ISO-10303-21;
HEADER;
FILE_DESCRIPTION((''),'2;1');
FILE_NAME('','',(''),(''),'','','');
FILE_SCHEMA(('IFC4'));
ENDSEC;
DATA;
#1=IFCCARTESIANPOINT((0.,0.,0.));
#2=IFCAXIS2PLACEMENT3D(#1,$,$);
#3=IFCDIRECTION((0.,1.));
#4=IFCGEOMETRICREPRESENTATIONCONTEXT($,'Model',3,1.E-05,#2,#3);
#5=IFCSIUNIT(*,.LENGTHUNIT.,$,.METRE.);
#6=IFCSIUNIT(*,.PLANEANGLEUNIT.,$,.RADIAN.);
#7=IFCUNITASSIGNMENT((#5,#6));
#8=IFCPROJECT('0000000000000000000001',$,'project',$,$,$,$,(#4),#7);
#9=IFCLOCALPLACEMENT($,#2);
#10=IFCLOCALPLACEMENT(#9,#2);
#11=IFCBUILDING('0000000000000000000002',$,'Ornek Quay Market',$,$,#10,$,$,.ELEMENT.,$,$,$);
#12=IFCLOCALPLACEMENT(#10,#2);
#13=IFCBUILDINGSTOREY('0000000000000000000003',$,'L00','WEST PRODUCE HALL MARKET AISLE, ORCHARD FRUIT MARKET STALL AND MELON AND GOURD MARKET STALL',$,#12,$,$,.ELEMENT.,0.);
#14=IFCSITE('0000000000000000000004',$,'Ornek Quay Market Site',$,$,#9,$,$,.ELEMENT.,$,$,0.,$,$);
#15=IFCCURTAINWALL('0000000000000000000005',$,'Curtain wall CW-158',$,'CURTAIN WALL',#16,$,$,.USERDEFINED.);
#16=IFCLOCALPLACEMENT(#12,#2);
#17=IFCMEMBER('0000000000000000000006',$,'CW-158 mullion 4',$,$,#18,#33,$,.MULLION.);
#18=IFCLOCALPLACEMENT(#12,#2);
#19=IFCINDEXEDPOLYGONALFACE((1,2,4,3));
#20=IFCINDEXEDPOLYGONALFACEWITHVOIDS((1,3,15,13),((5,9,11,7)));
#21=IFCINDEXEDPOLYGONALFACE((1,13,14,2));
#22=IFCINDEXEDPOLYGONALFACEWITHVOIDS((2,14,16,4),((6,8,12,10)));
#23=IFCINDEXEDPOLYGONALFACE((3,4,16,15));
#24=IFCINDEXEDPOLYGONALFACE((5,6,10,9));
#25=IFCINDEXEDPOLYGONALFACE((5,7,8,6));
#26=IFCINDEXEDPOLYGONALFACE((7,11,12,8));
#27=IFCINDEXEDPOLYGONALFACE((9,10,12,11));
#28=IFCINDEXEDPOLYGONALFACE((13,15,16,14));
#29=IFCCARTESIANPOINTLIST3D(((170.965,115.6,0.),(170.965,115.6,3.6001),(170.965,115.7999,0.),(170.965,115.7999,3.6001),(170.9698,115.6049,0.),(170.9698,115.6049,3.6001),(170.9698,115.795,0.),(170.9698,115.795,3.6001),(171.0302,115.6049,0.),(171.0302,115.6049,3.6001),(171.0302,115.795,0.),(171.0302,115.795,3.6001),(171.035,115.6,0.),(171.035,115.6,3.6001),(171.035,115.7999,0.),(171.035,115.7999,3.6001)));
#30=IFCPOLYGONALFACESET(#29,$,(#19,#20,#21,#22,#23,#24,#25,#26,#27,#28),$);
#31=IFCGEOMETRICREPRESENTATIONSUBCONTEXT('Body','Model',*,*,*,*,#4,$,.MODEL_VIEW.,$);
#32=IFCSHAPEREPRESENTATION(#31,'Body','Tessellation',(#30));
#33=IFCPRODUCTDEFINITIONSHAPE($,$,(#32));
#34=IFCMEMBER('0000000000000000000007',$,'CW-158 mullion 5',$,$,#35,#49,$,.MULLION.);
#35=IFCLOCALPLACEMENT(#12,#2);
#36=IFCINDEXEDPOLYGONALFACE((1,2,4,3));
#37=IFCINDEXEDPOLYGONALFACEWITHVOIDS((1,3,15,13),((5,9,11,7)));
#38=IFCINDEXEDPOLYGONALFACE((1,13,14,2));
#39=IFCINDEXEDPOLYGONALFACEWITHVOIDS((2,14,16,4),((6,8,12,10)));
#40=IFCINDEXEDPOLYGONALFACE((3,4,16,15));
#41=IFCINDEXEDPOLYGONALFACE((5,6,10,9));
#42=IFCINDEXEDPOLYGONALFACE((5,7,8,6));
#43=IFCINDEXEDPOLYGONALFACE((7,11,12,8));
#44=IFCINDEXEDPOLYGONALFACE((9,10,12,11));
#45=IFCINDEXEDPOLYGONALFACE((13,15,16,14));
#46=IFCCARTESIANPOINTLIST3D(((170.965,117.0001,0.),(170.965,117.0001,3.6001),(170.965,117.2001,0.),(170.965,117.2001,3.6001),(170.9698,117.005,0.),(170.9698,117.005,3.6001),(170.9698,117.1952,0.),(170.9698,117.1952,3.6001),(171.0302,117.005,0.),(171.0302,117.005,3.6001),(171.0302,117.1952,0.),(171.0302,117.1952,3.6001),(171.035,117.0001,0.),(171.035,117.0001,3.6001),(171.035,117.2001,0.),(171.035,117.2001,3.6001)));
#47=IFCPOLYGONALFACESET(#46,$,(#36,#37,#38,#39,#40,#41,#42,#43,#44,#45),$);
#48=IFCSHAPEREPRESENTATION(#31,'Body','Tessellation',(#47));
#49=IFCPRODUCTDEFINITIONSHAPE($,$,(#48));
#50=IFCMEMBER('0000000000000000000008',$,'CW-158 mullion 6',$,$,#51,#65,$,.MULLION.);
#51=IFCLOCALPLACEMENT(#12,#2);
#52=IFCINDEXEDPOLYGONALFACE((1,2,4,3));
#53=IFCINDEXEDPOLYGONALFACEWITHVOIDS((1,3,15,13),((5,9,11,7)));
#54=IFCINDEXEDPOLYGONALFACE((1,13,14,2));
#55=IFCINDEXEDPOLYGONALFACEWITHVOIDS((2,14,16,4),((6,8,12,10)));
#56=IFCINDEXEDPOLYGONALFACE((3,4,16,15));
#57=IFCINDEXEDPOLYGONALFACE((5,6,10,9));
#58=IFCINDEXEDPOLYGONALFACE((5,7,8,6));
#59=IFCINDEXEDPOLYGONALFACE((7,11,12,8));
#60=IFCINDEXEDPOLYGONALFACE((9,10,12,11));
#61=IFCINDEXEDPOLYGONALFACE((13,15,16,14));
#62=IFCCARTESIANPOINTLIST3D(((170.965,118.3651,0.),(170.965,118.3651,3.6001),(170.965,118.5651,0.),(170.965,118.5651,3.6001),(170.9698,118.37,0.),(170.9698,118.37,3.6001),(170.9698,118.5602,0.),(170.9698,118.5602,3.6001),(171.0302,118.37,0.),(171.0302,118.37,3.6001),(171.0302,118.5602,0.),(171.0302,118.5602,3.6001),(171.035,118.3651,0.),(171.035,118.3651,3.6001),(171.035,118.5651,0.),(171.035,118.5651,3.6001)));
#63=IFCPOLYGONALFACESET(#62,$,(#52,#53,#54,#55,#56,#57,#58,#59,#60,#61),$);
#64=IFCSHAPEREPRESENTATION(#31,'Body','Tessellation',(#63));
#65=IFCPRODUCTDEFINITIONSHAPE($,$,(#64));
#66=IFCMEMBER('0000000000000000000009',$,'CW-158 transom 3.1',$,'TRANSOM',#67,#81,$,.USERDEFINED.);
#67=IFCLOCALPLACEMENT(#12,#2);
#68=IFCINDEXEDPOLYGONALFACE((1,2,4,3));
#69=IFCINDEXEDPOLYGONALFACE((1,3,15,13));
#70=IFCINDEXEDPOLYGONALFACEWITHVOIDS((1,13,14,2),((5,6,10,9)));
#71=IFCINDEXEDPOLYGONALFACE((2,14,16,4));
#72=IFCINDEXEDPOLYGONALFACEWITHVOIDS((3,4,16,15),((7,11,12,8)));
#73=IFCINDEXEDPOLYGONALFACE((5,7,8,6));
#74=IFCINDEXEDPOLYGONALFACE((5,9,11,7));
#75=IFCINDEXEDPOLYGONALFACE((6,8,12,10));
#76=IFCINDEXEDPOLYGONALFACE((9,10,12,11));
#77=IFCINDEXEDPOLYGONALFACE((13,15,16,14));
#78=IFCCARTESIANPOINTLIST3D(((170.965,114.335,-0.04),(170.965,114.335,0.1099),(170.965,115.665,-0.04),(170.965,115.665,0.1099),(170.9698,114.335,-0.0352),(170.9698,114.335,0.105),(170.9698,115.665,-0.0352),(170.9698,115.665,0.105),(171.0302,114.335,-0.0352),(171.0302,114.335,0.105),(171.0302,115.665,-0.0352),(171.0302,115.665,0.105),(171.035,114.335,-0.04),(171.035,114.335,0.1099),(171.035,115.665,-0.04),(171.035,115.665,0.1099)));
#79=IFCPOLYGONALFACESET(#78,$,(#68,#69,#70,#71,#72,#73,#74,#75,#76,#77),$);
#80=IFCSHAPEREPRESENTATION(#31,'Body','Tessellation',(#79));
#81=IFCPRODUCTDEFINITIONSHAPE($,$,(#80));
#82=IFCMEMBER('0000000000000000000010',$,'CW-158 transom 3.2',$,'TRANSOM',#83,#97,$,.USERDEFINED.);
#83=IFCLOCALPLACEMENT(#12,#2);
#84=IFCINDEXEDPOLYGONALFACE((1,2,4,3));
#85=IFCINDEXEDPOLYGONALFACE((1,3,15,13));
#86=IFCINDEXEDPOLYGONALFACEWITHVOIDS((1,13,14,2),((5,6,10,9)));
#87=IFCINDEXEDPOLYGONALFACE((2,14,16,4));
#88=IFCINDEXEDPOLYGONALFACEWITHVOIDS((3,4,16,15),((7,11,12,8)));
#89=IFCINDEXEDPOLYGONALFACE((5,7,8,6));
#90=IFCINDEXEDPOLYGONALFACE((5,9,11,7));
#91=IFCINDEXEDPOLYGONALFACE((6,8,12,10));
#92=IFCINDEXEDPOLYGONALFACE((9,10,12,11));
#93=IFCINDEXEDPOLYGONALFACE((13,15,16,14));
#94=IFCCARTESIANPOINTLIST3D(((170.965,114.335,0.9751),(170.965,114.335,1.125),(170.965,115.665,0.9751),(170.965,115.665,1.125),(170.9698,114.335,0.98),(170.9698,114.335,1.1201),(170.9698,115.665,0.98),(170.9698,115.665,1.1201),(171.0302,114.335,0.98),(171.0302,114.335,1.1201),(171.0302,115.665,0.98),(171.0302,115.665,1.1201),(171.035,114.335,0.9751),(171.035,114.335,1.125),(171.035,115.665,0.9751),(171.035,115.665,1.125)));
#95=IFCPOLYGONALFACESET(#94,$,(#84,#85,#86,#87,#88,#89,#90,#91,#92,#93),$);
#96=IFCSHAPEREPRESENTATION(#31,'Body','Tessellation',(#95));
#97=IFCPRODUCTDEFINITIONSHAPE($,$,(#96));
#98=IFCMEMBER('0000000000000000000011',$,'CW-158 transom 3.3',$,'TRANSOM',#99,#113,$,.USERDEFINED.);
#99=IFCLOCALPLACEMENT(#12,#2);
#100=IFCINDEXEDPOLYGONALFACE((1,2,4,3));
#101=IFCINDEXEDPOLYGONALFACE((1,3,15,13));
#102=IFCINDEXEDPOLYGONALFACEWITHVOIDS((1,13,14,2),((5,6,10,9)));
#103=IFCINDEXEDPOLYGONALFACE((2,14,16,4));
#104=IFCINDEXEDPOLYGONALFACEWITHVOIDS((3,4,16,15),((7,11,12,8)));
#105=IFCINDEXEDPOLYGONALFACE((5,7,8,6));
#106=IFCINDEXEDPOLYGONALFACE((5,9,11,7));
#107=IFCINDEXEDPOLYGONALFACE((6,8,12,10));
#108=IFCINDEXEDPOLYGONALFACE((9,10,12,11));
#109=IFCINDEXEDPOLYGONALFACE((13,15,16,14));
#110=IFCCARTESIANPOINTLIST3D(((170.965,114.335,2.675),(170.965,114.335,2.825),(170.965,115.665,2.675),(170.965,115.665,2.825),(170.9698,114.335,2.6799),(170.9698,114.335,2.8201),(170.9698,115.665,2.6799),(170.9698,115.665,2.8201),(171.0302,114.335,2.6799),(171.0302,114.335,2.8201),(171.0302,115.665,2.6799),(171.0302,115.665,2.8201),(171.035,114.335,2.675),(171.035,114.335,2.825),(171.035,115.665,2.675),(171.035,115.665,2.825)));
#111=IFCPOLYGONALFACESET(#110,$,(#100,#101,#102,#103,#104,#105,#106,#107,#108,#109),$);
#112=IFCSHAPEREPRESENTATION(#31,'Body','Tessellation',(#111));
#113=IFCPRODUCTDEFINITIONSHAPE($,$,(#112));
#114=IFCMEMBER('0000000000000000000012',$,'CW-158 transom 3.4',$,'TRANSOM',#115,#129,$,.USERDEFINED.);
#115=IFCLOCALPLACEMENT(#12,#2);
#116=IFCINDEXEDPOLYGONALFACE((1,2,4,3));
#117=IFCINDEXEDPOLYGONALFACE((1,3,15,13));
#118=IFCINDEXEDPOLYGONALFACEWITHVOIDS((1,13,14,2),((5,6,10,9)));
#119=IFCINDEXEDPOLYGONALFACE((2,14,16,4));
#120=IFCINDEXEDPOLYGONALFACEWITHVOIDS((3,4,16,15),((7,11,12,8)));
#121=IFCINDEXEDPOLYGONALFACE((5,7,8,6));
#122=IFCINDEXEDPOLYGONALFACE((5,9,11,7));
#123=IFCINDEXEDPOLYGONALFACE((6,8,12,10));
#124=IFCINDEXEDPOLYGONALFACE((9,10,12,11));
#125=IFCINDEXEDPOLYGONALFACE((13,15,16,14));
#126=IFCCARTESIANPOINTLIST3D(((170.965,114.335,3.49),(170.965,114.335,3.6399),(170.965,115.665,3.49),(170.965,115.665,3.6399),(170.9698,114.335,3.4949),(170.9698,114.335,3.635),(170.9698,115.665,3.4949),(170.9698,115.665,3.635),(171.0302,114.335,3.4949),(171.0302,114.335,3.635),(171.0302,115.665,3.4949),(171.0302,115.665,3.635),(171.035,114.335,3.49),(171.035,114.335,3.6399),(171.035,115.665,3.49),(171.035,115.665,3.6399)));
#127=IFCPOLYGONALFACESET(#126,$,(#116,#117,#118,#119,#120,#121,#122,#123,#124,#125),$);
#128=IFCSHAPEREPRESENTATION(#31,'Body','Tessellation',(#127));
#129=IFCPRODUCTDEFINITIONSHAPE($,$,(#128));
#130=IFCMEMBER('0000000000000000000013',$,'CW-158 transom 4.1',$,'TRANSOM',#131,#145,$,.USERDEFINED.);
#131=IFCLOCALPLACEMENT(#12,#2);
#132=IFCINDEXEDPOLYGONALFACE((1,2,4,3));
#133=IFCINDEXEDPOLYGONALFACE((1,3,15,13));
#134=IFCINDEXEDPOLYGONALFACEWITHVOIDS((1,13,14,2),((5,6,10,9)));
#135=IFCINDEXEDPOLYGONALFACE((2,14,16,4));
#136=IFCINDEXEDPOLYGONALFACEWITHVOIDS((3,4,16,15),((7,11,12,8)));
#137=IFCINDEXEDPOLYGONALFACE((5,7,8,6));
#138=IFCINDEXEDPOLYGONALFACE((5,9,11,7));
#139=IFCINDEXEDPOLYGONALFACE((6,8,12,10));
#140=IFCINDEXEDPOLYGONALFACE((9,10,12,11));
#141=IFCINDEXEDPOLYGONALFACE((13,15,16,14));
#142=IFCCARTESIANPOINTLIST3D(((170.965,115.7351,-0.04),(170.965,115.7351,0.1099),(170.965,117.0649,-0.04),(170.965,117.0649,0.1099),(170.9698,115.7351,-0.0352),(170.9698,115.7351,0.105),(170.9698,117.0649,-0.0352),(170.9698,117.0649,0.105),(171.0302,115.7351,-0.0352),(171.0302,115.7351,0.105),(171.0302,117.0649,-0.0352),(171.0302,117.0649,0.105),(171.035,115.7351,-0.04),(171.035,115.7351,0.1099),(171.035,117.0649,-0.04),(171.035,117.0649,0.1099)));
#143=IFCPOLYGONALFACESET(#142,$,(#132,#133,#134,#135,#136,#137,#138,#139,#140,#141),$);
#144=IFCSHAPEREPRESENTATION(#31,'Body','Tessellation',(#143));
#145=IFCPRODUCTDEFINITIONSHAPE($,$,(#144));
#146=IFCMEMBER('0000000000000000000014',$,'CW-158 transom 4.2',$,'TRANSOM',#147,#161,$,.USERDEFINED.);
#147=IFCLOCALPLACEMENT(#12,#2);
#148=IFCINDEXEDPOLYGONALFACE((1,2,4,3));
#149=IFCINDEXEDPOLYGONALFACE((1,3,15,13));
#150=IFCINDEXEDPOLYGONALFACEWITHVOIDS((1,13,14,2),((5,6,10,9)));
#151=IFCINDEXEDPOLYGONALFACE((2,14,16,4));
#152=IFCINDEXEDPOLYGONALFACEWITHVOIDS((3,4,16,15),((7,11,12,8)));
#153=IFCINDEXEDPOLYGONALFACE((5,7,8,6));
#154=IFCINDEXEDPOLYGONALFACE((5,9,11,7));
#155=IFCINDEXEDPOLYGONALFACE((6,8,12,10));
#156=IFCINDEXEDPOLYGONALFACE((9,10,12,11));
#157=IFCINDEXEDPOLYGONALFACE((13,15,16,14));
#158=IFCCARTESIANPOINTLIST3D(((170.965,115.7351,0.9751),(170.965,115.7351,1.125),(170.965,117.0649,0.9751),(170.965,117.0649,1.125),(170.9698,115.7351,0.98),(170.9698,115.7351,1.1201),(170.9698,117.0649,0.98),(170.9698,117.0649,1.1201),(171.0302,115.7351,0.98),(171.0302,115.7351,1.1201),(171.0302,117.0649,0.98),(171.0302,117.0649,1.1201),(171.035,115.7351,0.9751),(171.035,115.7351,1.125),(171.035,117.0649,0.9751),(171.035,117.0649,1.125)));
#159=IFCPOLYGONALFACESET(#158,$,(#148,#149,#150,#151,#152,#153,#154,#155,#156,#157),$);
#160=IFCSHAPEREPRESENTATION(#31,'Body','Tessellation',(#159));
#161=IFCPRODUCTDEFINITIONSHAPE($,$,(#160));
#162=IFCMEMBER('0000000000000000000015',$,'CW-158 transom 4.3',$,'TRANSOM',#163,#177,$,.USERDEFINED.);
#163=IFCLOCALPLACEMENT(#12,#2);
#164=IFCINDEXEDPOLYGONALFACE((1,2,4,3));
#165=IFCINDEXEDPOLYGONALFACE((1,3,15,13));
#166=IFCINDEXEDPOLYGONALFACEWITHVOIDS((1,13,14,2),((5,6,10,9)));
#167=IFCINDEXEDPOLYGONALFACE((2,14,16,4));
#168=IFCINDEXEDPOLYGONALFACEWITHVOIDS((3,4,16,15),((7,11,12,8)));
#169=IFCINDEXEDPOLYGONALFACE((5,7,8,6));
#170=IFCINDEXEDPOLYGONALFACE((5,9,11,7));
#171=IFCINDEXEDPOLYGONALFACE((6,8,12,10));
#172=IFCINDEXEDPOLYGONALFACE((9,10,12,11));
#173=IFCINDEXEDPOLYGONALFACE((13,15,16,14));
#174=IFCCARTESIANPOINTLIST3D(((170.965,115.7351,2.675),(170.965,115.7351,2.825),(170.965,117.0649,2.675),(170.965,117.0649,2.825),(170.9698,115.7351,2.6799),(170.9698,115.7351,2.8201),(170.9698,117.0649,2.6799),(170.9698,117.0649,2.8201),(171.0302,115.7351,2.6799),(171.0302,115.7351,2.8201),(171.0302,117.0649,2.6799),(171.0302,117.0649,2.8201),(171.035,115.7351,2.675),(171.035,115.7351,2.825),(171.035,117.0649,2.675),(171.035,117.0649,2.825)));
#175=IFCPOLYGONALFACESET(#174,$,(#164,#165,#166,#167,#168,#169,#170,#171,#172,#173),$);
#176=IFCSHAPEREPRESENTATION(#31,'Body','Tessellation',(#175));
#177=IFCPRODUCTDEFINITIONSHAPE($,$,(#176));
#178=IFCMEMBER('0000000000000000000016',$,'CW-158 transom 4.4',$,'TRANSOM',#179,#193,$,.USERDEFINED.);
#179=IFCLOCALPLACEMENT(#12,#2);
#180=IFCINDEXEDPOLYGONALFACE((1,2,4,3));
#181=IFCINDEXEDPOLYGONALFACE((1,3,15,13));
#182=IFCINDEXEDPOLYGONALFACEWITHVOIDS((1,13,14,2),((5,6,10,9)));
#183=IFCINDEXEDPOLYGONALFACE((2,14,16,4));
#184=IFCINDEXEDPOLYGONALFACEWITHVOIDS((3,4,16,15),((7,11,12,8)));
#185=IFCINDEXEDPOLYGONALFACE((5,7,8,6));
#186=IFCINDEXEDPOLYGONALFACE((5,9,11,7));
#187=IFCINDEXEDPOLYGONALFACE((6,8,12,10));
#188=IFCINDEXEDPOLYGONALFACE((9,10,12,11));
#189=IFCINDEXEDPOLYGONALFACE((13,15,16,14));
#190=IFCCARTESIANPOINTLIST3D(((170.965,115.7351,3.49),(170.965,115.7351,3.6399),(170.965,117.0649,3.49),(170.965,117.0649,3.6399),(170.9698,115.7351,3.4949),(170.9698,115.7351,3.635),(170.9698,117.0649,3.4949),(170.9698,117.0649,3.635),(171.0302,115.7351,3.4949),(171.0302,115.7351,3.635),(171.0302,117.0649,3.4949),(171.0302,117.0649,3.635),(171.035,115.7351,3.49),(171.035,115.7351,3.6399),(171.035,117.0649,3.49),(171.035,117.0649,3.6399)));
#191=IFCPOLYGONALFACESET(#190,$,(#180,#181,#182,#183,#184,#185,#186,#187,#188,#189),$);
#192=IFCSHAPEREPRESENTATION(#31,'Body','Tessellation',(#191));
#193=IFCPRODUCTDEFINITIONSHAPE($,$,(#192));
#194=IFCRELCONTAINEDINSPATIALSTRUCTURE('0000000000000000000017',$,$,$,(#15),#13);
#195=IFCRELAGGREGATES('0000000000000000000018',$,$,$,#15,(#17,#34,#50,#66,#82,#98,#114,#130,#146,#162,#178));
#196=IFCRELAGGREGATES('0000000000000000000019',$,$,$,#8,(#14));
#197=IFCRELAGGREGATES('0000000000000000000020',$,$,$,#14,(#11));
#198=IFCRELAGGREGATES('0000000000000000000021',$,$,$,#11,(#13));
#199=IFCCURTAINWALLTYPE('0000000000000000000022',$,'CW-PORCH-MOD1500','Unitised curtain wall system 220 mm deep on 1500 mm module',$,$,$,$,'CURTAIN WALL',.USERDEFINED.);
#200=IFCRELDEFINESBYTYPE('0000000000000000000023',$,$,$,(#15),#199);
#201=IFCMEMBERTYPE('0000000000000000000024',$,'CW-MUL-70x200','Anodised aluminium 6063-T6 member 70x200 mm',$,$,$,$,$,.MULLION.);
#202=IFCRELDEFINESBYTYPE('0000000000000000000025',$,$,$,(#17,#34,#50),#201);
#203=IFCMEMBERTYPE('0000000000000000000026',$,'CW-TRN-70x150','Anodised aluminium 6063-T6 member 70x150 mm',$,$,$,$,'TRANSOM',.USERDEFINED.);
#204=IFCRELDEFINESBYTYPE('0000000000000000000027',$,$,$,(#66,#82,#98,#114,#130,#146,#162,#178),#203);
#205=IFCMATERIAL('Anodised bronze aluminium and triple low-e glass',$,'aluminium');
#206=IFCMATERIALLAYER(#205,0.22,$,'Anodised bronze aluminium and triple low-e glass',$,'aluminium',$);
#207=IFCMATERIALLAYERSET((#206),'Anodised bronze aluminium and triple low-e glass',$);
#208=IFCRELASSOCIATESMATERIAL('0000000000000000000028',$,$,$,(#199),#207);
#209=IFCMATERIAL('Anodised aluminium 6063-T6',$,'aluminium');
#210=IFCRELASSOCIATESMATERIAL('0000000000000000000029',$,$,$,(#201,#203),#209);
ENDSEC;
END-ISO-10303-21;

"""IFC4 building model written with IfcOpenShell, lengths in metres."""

from ifc_helpers import new_model, si_unit, direction, frame, origin, origin_2d, place, context, subcontext, project, spatial, hollow_rectangle, extrude, material, layer, layer_set, material_profile, profile_set, type_object, element, aggregate, save


model = new_model("IFC4")

# Units and contexts
model_context = context("Model", 3, precision=1e-05, world=origin(), true_north=direction((0.0, 1.0)))
body_context = subcontext(model_context, "Body", "Model", "MODEL_VIEW")
ifc_project = project(units=[si_unit("LENGTHUNIT", "METRE"), si_unit("PLANEANGLEUNIT", "RADIAN")], contexts=[model_context])

# Site, building, storey
site_placement = place(None, origin())
site = spatial("IfcSite", under=ifc_project, at=site_placement, Name="Ornek Quay Market Site", CompositionType="ELEMENT", RefElevation=0.0)
building_placement = place(site_placement, origin())
building = spatial("IfcBuilding", under=site, at=building_placement, Name="Ornek Quay Market", CompositionType="ELEMENT")
storey_placement = place(building_placement, origin())
storey = spatial("IfcBuildingStorey", under=building, at=storey_placement, Name="L00", Description="WEST PRODUCE HALL MARKET AISLE, ORCHARD FRUIT MARKET STALL AND MELON AND GOURD MARKET STALL", CompositionType="ELEMENT", Elevation=0.0)

# Curtain wall, members
ifc_material_1 = material(Name="Anodised bronze aluminium and triple low-e glass", Category="aluminium")
ifc_layer_1 = layer(ifc_material_1, 0.22, Name="Anodised bronze aluminium and triple low-e glass", Category="aluminium")
ifc_layer_set_1 = layer_set([ifc_layer_1], Name="Anodised bronze aluminium and triple low-e glass")
curtain_wall_type = type_object("IfcCurtainWallType", Name="CW-PORCH-MOD1500", Description="Unitised curtain wall system 220 mm deep on 1500 mm module", ElementType="CURTAIN WALL", PredefinedType="USERDEFINED", material=ifc_layer_set_1)
curtain_wall_placement = place(storey_placement, origin())
curtain_wall = element("IfcCurtainWall", 1, at=curtain_wall_placement, inside=storey, type_object=curtain_wall_type, Name="Curtain wall CW-158", ObjectType="CURTAIN WALL", PredefinedType="USERDEFINED")
ifc_material_2 = material(Name="Anodised aluminium 6063-T6", Category="aluminium")
ifc_material_profile_1 = material_profile(ifc_material_2, hollow_rectangle(XDim=0.0701, YDim=0.2, WallThickness=0.0049, at=origin_2d()), Name="CW-MUL-70x200", Category="aluminium")
ifc_profile_set_1 = profile_set([ifc_material_profile_1], Name="Anodised aluminium 6063-T6")
member_type_1 = type_object("IfcMemberType", Name="CW-MUL-70x200", Description="Anodised aluminium 6063-T6 member 70x200 mm", PredefinedType="MULLION", material=ifc_profile_set_1)
member_1_placement = place(storey_placement, frame((171.0, 115.7, 0.0), z_axis=(0.0, 0.0, 1.0), x_axis=(-1.0, 0.0, 0.0)))
member_1 = element("IfcMember", 2, at=member_1_placement, type_object=member_type_1, Name="CW-158 mullion 4", PredefinedType="MULLION", context=body_context, shape_type="SweptSolid", body=[
    extrude(hollow_rectangle(XDim=0.0701, YDim=0.2, WallThickness=0.0049, at=origin_2d()), origin(), (0.0, 0.0, 1.0), 3.6001),
])
member_2_placement = place(storey_placement, frame((171.0, 117.1001, 0.0), z_axis=(0.0, 0.0, 1.0), x_axis=(-1.0, 0.0, 0.0)))
member_2 = element("IfcMember", 3, at=member_2_placement, type_object=member_type_1, Name="CW-158 mullion 5", PredefinedType="MULLION", context=body_context, shape_type="SweptSolid", body=[
    extrude(hollow_rectangle(XDim=0.0701, YDim=0.2, WallThickness=0.0049, at=origin_2d()), origin(), (0.0, 0.0, 1.0), 3.6001),
])
member_3_placement = place(storey_placement, frame((171.0, 118.4651, 0.0), z_axis=(0.0, 0.0, 1.0), x_axis=(-1.0, 0.0, 0.0)))
member_3 = element("IfcMember", 4, at=member_3_placement, type_object=member_type_1, Name="CW-158 mullion 6", PredefinedType="MULLION", context=body_context, shape_type="SweptSolid", body=[
    extrude(hollow_rectangle(XDim=0.0701, YDim=0.2, WallThickness=0.0049, at=origin_2d()), origin(), (0.0, 0.0, 1.0), 3.6001),
])
ifc_material_profile_2 = material_profile(ifc_material_2, hollow_rectangle(XDim=0.0701, YDim=0.1499, WallThickness=0.0049, at=origin_2d()), Name="CW-TRN-70x150", Category="aluminium")
ifc_profile_set_2 = profile_set([ifc_material_profile_2], Name="Anodised aluminium 6063-T6")
member_type_2 = type_object("IfcMemberType", Name="CW-TRN-70x150", Description="Anodised aluminium 6063-T6 member 70x150 mm", ElementType="TRANSOM", PredefinedType="USERDEFINED", material=ifc_profile_set_2)
member_4_placement = place(storey_placement, frame((171.0, 114.335, 0.0349), z_axis=(0.0, 1.0, 0.0), x_axis=(-1.0, 0.0, 0.0)))
member_4 = element("IfcMember", 5, at=member_4_placement, type_object=member_type_2, Name="CW-158 transom 3.1", ObjectType="TRANSOM", PredefinedType="USERDEFINED", context=body_context, shape_type="SweptSolid", body=[
    extrude(hollow_rectangle(XDim=0.0701, YDim=0.1499, WallThickness=0.0049, at=origin_2d()), origin(), (0.0, 0.0, 1.0), 1.3301),
])
member_5_placement = place(storey_placement, frame((171.0, 114.335, 1.05), z_axis=(0.0, 1.0, 0.0), x_axis=(-1.0, 0.0, 0.0)))
member_5 = element("IfcMember", 6, at=member_5_placement, type_object=member_type_2, Name="CW-158 transom 3.2", ObjectType="TRANSOM", PredefinedType="USERDEFINED", context=body_context, shape_type="SweptSolid", body=[
    extrude(hollow_rectangle(XDim=0.0701, YDim=0.1499, WallThickness=0.0049, at=origin_2d()), origin(), (0.0, 0.0, 1.0), 1.3301),
])
member_6_placement = place(storey_placement, frame((171.0, 114.335, 2.75), z_axis=(0.0, 1.0, 0.0), x_axis=(-1.0, 0.0, 0.0)))
member_6 = element("IfcMember", 7, at=member_6_placement, type_object=member_type_2, Name="CW-158 transom 3.3", ObjectType="TRANSOM", PredefinedType="USERDEFINED", context=body_context, shape_type="SweptSolid", body=[
    extrude(hollow_rectangle(XDim=0.0701, YDim=0.1499, WallThickness=0.0049, at=origin_2d()), origin(), (0.0, 0.0, 1.0), 1.3301),
])
member_7_placement = place(storey_placement, frame((171.0, 114.335, 3.5649), z_axis=(0.0, 1.0, 0.0), x_axis=(-1.0, 0.0, 0.0)))
member_7 = element("IfcMember", 8, at=member_7_placement, type_object=member_type_2, Name="CW-158 transom 3.4", ObjectType="TRANSOM", PredefinedType="USERDEFINED", context=body_context, shape_type="SweptSolid", body=[
    extrude(hollow_rectangle(XDim=0.0701, YDim=0.1499, WallThickness=0.0049, at=origin_2d()), origin(), (0.0, 0.0, 1.0), 1.3301),
])
member_8_placement = place(storey_placement, frame((171.0, 115.7351, 0.0349), z_axis=(0.0, 1.0, 0.0), x_axis=(-1.0, 0.0, 0.0)))
member_8 = element("IfcMember", 9, at=member_8_placement, type_object=member_type_2, Name="CW-158 transom 4.1", ObjectType="TRANSOM", PredefinedType="USERDEFINED", context=body_context, shape_type="SweptSolid", body=[
    extrude(hollow_rectangle(XDim=0.0701, YDim=0.1499, WallThickness=0.0049, at=origin_2d()), origin(), (0.0, 0.0, 1.0), 1.3298),
])
member_9_placement = place(storey_placement, frame((171.0, 115.7351, 1.05), z_axis=(0.0, 1.0, 0.0), x_axis=(-1.0, 0.0, 0.0)))
member_9 = element("IfcMember", 10, at=member_9_placement, type_object=member_type_2, Name="CW-158 transom 4.2", ObjectType="TRANSOM", PredefinedType="USERDEFINED", context=body_context, shape_type="SweptSolid", body=[
    extrude(hollow_rectangle(XDim=0.0701, YDim=0.1499, WallThickness=0.0049, at=origin_2d()), origin(), (0.0, 0.0, 1.0), 1.3298),
])
member_10_placement = place(storey_placement, frame((171.0, 115.7351, 2.75), z_axis=(0.0, 1.0, 0.0), x_axis=(-1.0, 0.0, 0.0)))
member_10 = element("IfcMember", 11, at=member_10_placement, type_object=member_type_2, Name="CW-158 transom 4.3", ObjectType="TRANSOM", PredefinedType="USERDEFINED", context=body_context, shape_type="SweptSolid", body=[
    extrude(hollow_rectangle(XDim=0.0701, YDim=0.1499, WallThickness=0.0049, at=origin_2d()), origin(), (0.0, 0.0, 1.0), 1.3298),
])
member_11_placement = place(storey_placement, frame((171.0, 115.7351, 3.5649), z_axis=(0.0, 1.0, 0.0), x_axis=(-1.0, 0.0, 0.0)))
member_11 = element("IfcMember", 12, at=member_11_placement, type_object=member_type_2, Name="CW-158 transom 4.4", ObjectType="TRANSOM", PredefinedType="USERDEFINED", context=body_context, shape_type="SweptSolid", body=[
    extrude(hollow_rectangle(XDim=0.0701, YDim=0.1499, WallThickness=0.0049, at=origin_2d()), origin(), (0.0, 0.0, 1.0), 1.3298),
])
aggregate(curtain_wall, [member_1, member_2, member_3, member_4, member_5, member_6, member_7, member_8, member_9, member_10, member_11])

save(model, "model.ifc")
